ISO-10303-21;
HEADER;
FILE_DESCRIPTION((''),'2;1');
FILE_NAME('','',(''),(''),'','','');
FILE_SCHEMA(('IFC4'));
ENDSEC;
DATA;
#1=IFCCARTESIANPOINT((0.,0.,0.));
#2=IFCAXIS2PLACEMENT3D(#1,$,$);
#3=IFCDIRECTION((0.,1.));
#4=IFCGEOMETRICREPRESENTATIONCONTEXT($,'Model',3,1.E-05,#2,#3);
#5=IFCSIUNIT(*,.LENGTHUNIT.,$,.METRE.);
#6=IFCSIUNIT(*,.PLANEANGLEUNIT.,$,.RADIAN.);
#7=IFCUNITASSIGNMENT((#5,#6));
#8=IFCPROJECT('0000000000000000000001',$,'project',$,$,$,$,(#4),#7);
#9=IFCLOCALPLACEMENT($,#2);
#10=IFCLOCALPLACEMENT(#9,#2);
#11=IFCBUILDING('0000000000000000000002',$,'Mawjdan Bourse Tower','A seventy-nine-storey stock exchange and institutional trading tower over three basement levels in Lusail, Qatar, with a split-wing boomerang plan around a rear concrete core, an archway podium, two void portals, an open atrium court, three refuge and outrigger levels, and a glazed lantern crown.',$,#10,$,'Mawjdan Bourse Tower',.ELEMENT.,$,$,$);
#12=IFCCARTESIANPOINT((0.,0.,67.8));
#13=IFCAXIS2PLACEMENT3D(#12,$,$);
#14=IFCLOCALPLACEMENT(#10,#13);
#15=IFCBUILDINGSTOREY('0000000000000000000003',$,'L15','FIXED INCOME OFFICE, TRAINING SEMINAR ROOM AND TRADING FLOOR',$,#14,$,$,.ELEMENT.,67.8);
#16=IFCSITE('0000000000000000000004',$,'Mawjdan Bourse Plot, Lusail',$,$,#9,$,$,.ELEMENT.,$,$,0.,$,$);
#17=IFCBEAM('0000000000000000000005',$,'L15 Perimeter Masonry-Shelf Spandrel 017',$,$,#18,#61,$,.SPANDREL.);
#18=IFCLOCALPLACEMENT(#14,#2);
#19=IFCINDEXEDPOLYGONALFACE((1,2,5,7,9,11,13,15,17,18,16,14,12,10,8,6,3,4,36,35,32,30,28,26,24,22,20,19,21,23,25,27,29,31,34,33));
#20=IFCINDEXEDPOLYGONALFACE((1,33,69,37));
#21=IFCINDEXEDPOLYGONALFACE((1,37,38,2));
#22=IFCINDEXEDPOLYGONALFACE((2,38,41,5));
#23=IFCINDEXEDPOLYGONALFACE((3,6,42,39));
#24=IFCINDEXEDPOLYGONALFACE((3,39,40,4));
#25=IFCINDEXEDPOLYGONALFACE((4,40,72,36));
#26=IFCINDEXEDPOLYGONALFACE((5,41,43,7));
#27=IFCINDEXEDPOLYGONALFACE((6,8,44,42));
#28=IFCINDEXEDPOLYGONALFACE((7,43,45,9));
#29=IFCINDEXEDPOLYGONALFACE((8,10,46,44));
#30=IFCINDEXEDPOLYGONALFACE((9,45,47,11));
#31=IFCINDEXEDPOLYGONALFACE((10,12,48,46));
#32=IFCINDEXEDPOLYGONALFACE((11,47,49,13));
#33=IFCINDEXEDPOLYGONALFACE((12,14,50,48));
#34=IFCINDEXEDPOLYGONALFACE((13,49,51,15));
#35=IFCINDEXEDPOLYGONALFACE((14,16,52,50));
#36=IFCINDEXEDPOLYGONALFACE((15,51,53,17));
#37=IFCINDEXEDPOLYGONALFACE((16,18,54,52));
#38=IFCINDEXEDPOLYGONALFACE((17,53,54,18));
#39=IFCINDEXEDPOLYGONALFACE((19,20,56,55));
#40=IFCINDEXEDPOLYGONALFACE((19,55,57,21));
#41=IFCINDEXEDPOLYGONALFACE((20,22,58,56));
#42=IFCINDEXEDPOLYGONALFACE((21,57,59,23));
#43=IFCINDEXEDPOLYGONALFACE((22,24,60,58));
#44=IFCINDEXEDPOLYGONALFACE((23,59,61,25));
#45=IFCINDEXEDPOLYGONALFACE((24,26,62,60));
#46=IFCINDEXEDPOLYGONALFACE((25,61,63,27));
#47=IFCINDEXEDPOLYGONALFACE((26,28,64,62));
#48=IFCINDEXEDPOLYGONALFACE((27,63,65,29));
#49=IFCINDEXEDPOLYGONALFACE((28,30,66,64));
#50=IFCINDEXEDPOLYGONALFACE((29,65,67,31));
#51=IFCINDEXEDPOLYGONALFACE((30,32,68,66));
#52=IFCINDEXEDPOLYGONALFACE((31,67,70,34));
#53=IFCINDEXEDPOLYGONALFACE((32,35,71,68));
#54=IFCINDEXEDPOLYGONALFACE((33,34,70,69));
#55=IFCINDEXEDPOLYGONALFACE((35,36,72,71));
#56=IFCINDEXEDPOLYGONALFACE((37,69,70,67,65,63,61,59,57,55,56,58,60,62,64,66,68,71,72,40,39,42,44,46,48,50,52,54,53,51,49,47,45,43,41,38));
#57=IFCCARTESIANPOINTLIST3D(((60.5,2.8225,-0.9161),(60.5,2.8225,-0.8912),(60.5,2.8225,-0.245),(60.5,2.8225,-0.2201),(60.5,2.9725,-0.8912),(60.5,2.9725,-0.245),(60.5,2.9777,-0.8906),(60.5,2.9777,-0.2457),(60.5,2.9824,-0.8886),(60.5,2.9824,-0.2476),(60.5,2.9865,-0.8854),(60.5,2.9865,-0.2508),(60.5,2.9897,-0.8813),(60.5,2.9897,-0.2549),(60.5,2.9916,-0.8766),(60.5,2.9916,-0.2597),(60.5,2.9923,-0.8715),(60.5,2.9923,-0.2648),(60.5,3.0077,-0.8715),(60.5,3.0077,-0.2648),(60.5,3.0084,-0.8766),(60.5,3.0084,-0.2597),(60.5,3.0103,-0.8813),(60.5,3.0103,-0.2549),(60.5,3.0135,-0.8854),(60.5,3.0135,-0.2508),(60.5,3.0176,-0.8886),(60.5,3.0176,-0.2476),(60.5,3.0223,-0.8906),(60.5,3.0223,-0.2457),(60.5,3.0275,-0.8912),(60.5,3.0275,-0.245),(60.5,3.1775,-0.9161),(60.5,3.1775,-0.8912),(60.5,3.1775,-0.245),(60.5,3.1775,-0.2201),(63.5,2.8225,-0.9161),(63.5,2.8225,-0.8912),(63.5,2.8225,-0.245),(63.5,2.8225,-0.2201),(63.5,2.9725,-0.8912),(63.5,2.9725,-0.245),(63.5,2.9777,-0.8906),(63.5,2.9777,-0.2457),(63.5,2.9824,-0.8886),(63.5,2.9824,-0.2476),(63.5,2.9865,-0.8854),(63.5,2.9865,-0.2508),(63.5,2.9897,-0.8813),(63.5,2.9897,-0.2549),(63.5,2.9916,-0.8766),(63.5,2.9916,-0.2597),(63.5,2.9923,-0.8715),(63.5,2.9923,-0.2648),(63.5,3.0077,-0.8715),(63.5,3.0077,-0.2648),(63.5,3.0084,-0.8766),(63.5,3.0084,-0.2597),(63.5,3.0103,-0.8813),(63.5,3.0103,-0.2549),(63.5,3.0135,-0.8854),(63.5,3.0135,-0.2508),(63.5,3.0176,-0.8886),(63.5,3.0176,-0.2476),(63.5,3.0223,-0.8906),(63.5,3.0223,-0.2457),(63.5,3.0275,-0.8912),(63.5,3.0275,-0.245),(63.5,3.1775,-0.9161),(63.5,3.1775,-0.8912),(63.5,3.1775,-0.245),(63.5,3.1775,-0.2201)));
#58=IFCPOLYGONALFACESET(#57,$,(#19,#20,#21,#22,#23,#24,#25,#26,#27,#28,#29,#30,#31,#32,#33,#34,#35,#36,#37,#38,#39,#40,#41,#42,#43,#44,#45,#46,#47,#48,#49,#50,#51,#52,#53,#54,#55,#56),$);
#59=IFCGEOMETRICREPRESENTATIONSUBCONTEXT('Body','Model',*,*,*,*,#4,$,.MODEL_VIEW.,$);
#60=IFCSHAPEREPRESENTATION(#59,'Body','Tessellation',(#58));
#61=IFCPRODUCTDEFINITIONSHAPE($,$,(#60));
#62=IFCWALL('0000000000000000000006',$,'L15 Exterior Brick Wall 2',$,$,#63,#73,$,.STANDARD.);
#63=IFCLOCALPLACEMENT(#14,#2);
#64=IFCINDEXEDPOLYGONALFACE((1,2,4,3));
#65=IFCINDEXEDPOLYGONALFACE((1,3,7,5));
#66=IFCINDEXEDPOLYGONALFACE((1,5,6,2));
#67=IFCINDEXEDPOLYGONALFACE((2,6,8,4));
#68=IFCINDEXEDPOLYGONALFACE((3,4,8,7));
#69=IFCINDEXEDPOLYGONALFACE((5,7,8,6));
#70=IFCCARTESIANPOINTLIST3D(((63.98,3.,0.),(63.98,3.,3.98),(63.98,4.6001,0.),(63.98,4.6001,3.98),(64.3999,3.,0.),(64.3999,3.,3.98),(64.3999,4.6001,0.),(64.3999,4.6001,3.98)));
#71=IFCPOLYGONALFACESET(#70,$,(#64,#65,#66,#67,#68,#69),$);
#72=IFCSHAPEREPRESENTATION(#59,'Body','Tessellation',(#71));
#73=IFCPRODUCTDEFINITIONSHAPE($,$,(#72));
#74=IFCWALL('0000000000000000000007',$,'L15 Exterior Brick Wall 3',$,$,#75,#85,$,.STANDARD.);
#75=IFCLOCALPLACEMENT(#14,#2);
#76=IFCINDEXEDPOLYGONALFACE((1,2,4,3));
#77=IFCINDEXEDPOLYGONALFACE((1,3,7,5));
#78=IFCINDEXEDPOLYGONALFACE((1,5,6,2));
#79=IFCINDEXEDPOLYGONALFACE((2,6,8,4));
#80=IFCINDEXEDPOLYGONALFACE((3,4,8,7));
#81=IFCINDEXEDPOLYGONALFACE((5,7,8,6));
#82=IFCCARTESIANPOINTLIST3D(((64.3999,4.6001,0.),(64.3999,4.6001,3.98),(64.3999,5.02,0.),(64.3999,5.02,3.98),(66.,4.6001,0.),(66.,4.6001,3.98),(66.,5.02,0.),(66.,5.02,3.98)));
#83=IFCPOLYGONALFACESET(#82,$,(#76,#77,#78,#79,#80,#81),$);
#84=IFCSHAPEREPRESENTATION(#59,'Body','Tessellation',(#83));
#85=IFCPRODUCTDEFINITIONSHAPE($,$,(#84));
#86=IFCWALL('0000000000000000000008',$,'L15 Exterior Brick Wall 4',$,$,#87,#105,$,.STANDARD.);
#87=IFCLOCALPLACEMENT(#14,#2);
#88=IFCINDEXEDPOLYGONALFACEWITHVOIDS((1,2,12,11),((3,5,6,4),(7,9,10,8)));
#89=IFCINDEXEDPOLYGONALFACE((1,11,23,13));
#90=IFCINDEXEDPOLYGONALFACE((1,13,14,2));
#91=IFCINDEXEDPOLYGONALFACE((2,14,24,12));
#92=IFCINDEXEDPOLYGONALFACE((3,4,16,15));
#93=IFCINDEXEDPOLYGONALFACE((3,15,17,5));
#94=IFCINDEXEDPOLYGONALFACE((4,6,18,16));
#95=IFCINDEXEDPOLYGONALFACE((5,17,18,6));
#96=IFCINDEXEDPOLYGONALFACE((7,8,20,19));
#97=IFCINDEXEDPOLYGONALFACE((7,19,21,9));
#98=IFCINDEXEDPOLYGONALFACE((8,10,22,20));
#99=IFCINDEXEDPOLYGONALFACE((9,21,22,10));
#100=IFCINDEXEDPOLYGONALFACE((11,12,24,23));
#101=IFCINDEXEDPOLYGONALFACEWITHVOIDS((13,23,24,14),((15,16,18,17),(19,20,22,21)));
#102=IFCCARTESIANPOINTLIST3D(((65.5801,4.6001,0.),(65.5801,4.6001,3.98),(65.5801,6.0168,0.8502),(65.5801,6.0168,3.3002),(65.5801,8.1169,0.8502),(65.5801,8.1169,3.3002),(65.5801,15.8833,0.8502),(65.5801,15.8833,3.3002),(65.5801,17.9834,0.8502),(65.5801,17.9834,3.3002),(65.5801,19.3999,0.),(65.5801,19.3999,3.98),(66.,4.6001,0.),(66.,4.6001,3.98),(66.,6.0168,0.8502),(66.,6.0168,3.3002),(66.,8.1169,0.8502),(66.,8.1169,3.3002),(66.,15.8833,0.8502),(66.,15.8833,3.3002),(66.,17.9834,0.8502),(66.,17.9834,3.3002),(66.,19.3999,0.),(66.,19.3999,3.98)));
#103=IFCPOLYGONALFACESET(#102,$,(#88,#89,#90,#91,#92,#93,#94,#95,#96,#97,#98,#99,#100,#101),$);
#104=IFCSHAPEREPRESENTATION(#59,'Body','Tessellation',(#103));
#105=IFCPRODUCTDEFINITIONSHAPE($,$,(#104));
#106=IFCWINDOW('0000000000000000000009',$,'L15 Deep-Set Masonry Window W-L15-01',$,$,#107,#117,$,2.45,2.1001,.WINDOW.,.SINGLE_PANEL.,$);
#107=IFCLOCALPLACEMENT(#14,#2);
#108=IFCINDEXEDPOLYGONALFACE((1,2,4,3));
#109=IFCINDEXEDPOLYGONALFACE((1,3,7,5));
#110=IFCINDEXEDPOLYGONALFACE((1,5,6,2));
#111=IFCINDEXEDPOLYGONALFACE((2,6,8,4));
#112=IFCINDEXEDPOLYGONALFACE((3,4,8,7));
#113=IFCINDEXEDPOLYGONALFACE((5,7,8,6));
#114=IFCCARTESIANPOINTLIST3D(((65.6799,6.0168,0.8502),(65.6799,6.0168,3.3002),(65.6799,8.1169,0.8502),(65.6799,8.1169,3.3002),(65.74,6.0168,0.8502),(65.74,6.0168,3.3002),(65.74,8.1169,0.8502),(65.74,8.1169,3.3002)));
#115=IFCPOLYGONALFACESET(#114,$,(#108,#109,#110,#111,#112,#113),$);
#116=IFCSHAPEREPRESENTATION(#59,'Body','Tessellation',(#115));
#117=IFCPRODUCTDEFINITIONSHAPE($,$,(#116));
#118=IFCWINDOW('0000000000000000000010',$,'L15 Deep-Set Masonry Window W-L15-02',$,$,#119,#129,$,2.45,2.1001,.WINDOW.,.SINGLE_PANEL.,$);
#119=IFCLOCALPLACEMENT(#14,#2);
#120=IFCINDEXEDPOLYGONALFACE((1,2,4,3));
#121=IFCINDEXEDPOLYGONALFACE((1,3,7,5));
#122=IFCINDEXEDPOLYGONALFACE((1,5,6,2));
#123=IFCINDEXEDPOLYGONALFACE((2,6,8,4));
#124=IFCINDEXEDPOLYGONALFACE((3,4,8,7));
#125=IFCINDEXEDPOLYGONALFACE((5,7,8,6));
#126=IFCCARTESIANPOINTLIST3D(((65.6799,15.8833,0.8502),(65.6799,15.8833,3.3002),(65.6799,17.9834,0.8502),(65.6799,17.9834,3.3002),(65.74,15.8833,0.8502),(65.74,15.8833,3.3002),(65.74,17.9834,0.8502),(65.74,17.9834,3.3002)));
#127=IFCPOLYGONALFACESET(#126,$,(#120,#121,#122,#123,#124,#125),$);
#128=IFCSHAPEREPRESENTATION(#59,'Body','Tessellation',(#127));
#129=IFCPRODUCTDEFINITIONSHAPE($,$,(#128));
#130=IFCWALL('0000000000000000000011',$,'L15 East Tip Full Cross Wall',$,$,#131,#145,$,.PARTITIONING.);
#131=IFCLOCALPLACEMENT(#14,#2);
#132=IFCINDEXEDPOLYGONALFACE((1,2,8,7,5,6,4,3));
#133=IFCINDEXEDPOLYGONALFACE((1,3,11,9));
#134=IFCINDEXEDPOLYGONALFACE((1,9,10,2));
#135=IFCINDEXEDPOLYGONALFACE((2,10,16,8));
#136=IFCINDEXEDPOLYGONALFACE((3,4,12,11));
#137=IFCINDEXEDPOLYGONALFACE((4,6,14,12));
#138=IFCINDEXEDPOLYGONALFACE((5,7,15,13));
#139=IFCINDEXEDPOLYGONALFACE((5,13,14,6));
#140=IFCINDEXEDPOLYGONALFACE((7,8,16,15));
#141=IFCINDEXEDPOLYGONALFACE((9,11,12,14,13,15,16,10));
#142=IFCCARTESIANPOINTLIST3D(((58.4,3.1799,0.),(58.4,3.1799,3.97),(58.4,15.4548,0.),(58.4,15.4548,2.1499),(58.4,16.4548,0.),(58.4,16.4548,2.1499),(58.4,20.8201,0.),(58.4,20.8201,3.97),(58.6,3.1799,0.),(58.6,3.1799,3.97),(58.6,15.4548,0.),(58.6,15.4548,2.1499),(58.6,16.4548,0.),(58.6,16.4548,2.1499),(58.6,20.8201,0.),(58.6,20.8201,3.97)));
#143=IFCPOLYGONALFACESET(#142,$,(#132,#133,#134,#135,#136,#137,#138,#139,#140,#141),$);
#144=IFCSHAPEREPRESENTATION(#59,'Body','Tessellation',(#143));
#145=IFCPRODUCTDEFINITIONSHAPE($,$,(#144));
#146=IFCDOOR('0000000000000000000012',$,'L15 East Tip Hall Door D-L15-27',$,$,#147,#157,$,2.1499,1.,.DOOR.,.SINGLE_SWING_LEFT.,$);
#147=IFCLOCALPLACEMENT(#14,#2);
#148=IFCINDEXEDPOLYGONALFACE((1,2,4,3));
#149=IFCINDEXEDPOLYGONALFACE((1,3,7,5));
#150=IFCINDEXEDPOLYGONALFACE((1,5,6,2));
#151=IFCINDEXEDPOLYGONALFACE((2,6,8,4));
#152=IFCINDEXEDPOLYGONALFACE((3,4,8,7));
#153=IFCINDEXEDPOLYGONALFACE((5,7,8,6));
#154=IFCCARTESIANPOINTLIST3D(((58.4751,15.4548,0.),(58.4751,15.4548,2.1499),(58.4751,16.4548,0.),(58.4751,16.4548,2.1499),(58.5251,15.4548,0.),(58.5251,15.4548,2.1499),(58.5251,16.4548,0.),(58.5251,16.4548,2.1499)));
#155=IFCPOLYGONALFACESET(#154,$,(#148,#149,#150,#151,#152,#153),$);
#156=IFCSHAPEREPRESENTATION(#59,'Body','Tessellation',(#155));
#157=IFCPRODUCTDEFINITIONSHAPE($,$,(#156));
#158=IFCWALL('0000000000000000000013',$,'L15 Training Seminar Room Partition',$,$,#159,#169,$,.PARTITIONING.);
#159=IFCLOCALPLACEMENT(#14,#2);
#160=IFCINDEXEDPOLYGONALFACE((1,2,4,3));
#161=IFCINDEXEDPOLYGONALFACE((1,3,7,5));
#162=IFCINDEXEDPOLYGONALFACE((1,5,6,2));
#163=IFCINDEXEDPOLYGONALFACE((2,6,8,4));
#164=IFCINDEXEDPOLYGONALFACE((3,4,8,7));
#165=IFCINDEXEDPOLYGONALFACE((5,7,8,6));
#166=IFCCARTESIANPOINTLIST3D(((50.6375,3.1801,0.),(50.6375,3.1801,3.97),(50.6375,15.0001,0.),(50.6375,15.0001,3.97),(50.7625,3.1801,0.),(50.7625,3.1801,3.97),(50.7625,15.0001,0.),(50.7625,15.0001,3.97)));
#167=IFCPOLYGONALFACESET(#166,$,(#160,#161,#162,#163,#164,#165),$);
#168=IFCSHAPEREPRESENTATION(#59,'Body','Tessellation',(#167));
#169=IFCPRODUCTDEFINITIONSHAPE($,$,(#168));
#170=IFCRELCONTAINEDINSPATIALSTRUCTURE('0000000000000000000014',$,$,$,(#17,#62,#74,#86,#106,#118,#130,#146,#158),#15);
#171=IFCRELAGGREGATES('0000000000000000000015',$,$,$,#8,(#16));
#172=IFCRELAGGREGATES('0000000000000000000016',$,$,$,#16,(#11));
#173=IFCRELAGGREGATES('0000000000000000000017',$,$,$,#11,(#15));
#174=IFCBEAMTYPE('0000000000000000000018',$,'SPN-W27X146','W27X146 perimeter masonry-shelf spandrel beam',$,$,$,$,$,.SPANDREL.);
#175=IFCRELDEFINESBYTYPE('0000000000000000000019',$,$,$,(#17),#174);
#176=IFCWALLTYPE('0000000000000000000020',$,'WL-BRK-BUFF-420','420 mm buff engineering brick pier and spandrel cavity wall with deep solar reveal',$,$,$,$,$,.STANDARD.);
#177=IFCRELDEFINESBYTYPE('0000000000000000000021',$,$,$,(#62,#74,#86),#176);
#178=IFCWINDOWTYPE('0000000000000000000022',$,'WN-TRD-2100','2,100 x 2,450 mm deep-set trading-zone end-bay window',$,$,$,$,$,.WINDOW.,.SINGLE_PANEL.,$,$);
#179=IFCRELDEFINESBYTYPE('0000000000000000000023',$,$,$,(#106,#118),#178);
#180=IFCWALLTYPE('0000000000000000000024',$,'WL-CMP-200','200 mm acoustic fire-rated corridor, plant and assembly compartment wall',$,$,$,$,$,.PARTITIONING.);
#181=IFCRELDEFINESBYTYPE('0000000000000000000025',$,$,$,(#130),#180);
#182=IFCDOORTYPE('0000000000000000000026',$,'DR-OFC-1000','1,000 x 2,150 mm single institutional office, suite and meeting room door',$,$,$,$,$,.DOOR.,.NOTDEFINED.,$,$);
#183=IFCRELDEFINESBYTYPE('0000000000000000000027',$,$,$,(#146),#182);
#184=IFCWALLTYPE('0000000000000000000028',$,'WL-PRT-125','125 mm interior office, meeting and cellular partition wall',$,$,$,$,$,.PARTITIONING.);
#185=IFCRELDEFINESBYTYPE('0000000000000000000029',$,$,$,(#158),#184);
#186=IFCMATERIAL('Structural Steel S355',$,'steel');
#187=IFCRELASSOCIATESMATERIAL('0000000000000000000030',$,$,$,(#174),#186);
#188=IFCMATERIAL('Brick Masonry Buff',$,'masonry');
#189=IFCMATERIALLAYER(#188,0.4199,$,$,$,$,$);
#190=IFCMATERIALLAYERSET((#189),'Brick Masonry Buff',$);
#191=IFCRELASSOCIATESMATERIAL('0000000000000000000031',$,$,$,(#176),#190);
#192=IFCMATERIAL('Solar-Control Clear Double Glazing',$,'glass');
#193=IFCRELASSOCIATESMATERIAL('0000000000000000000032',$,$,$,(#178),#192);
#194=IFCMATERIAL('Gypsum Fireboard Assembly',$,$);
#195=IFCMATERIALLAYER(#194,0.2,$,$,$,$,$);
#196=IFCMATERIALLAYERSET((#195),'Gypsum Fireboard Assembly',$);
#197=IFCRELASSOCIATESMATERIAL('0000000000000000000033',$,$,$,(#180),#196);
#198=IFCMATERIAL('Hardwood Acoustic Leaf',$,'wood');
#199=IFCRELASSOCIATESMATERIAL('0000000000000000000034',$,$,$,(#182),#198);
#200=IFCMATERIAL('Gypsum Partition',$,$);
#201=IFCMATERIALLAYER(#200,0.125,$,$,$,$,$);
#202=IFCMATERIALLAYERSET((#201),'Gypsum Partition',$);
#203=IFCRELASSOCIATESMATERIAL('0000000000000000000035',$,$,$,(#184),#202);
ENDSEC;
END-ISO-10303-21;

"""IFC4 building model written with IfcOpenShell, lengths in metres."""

from ifc_helpers import new_model, si_unit, direction, frame, frame_2d, origin, origin_2d, place, context, subcontext, project, spatial, rectangle, i_section, extrude, material, layer, layer_set, material_profile, profile_set, type_object, element, fill, save


model = new_model("IFC4")

# Units and contexts
model_context = context("Model", 3, precision=1e-05, world=origin(), true_north=direction((0.0, 1.0)))
body_context = subcontext(model_context, "Body", "Model", "MODEL_VIEW")
ifc_project = project(units=[si_unit("LENGTHUNIT", "METRE"), si_unit("PLANEANGLEUNIT", "RADIAN")], contexts=[model_context])

# Site, building, storey
site_placement = place(None, origin())
site = spatial("IfcSite", under=ifc_project, at=site_placement, Name="Mawjdan Bourse Plot, Lusail", CompositionType="ELEMENT", RefElevation=0.0)
building_placement = place(site_placement, origin())
building = spatial("IfcBuilding", under=site, at=building_placement, Name="Mawjdan Bourse Tower", Description="A seventy-nine-storey stock exchange and institutional trading tower over three basement levels in Lusail, Qatar, with a split-wing boomerang plan around a rear concrete core, an archway podium, two void portals, an open atrium court, three refuge and outrigger levels, and a glazed lantern crown.", LongName="Mawjdan Bourse Tower", CompositionType="ELEMENT")
storey_placement = place(building_placement, frame((0.0, 0.0, 67.8)))
storey = spatial("IfcBuildingStorey", under=building, at=storey_placement, Name="L15", Description="FIXED INCOME OFFICE, TRAINING SEMINAR ROOM AND TRADING FLOOR", CompositionType="ELEMENT", Elevation=67.8)

# Beam
ifc_material_1 = material(Name="Structural Steel S355", Category="steel")
ifc_material_profile_1 = material_profile(ifc_material_1, i_section(OverallWidth=0.355, OverallDepth=0.696, WebThickness=0.0154, FlangeThickness=0.0249, FilletRadius=0.0198, at=origin_2d()), Name="W27X146")
ifc_profile_set_1 = profile_set([ifc_material_profile_1], Name="Structural Steel S355")
beam_type_1 = type_object("IfcBeamType", Name="SPN-W27X146", Description="W27X146 perimeter masonry-shelf spandrel beam", PredefinedType="SPANDREL", material=ifc_profile_set_1)
beam_1_placement = place(storey_placement, frame((60.5, 3.0, -0.5681), z_axis=(1.0, 0.0, 0.0), x_axis=(0.0, 1.0, 0.0)))
element("IfcBeam", 1, at=beam_1_placement, inside=storey, type_object=beam_type_1, Name="L15 Perimeter Masonry-Shelf Spandrel 017", PredefinedType="SPANDREL", context=body_context, shape_type="SweptSolid", body=[
    extrude(i_section(OverallWidth=0.355, OverallDepth=0.696, WebThickness=0.0154, FlangeThickness=0.0249, FilletRadius=0.0198, at=origin_2d()), origin(), (0.0, 0.0, 1.0), 3.0),
])

# Walls
ifc_material_2 = material(Name="Brick Masonry Buff", Category="masonry")
ifc_layer_1 = layer(ifc_material_2, 0.4199)
ifc_layer_set_1 = layer_set([ifc_layer_1], Name="Brick Masonry Buff")
wall_type_1 = type_object("IfcWallType", Name="WL-BRK-BUFF-420", Description="420 mm buff engineering brick pier and spandrel cavity wall with deep solar reveal", PredefinedType="STANDARD", material=ifc_layer_set_1)
for number, where, z_axis, x_axis, name in (
    (2, (64.1899, 3.0, 0.0), (0.0, 0.0, 1.0), (0.0, 1.0, 0.0), "L15 Exterior Brick Wall 2"),
    (3, (64.3999, 4.8101, 0.0), (0.0, 0.0, 1.0), (1.0, 0.0, 0.0), "L15 Exterior Brick Wall 3"),
):
    element("IfcWall", number, at=place(storey_placement, frame(where, z_axis=z_axis, x_axis=x_axis)), inside=storey, type_object=wall_type_1, Name=name, PredefinedType="STANDARD", context=body_context, shape_type="SweptSolid", body=[
        extrude(rectangle(XDim=1.6001, YDim=0.4199, at=frame_2d((0.8, 0.0))), origin(), (0.0, 0.0, 1.0), 3.98),
    ])

# Wall, openings, windows
wall_1_placement = place(storey_placement, frame((65.79, 4.6001, 0.0), z_axis=(0.0, 0.0, 1.0), x_axis=(0.0, 1.0, 0.0)))
wall_1 = element("IfcWall", 4, at=wall_1_placement, inside=storey, type_object=wall_type_1, Name="L15 Exterior Brick Wall 4", PredefinedType="STANDARD", context=body_context, shape_type="SweptSolid", body=[
    extrude(rectangle(XDim=14.7998, YDim=0.4199, at=frame_2d((7.3999, 0.0))), origin(), (0.0, 0.0, 1.0), 3.98),
])
opening_1_placement = place(wall_1_placement, frame((1.4167, 0.0, 0.8501)))
opening_1 = element("IfcOpeningElement", 5, at=opening_1_placement, cuts=wall_1, PredefinedType="OPENING", context=body_context, shape_type="SweptSolid", body=[
    extrude(rectangle(XDim=2.1001, YDim=2.45, at=frame_2d((1.05, 1.2251))), frame((0.0, 0.22, 0.0), z_axis=(0.0, -1.0, 0.0), x_axis=(1.0, 0.0, 0.0)), (0.0, 0.0, 1.0), 0.4399),
])
opening_2_placement = place(wall_1_placement, frame((11.2832, 0.0, 0.8501)))
opening_2 = element("IfcOpeningElement", 6, at=opening_2_placement, cuts=wall_1, PredefinedType="OPENING", context=body_context, shape_type="SweptSolid", body=[
    extrude(rectangle(XDim=2.1001, YDim=2.45, at=frame_2d((1.05, 1.2251))), frame((0.0, 0.22, 0.0), z_axis=(0.0, -1.0, 0.0), x_axis=(1.0, 0.0, 0.0)), (0.0, 0.0, 1.0), 0.4399),
])
ifc_material_3 = material(Name="Solar-Control Clear Double Glazing", Category="glass")
window_type = type_object("IfcWindowType", Name="WN-TRD-2100", Description="2,100 x 2,450 mm deep-set trading-zone end-bay window", PartitioningType="SINGLE_PANEL", PredefinedType="WINDOW", material=ifc_material_3)
window_1_placement = place(opening_1_placement, origin())
window_1 = element("IfcWindow", 7, at=window_1_placement, inside=storey, type_object=window_type, Name="L15 Deep-Set Masonry Window W-L15-01", OverallHeight=2.45, OverallWidth=2.1001, PartitioningType="SINGLE_PANEL", PredefinedType="WINDOW", context=body_context, shape_type="SweptSolid", body=[
    extrude(rectangle(XDim=2.1001, YDim=2.45, at=frame_2d((1.05, 1.2251))), frame((0.0, 0.1101, 0.0), z_axis=(0.0, -1.0, 0.0), x_axis=(1.0, 0.0, 0.0)), (0.0, 0.0, 1.0), 0.0601),
])
fill(opening_1, window_1)
window_2_placement = place(opening_2_placement, origin())
window_2 = element("IfcWindow", 8, at=window_2_placement, inside=storey, type_object=window_type, Name="L15 Deep-Set Masonry Window W-L15-02", OverallHeight=2.45, OverallWidth=2.1001, PartitioningType="SINGLE_PANEL", PredefinedType="WINDOW", context=body_context, shape_type="SweptSolid", body=[
    extrude(rectangle(XDim=2.1001, YDim=2.45, at=frame_2d((1.05, 1.2251))), frame((0.0, 0.1101, 0.0), z_axis=(0.0, -1.0, 0.0), x_axis=(1.0, 0.0, 0.0)), (0.0, 0.0, 1.0), 0.0601),
])
fill(opening_2, window_2)

# Wall, opening, door
ifc_material_4 = material(Name="Gypsum Fireboard Assembly")
ifc_layer_2 = layer(ifc_material_4, 0.2)
ifc_layer_set_2 = layer_set([ifc_layer_2], Name="Gypsum Fireboard Assembly")
wall_type_2 = type_object("IfcWallType", Name="WL-CMP-200", Description="200 mm acoustic fire-rated corridor, plant and assembly compartment wall", PredefinedType="PARTITIONING", material=ifc_layer_set_2)
wall_2_placement = place(storey_placement, frame((58.5, 3.1799, 0.0), z_axis=(0.0, 0.0, 1.0), x_axis=(0.0, 1.0, 0.0)))
wall_2 = element("IfcWall", 9, at=wall_2_placement, inside=storey, type_object=wall_type_2, Name="L15 East Tip Full Cross Wall", PredefinedType="PARTITIONING", context=body_context, shape_type="SweptSolid", body=[
    extrude(rectangle(XDim=17.6401, YDim=0.2, at=frame_2d((8.8201, 0.0))), origin(), (0.0, 0.0, 1.0), 3.97),
])
opening_3_placement = place(wall_2_placement, frame((12.2749, 0.0, 0.0)))
opening_3 = element("IfcOpeningElement", 10, at=opening_3_placement, cuts=wall_2, PredefinedType="OPENING", context=body_context, shape_type="SweptSolid", body=[
    extrude(rectangle(XDim=1.0, YDim=2.1499, at=frame_2d((0.5, 1.075))), frame((0.0, 0.1099, 0.0), z_axis=(0.0, -1.0, 0.0), x_axis=(1.0, 0.0, 0.0)), (0.0, 0.0, 1.0), 0.22),
])
ifc_material_5 = material(Name="Hardwood Acoustic Leaf", Category="wood")
door_type = type_object("IfcDoorType", Name="DR-OFC-1000", Description="1,000 x 2,150 mm single institutional office, suite and meeting room door", OperationType="NOTDEFINED", PredefinedType="DOOR", material=ifc_material_5)
door_placement = place(opening_3_placement, origin())
door = element("IfcDoor", 11, at=door_placement, inside=storey, type_object=door_type, Name="L15 East Tip Hall Door D-L15-27", OperationType="SINGLE_SWING_LEFT", OverallHeight=2.1499, OverallWidth=1.0, PredefinedType="DOOR", context=body_context, shape_type="SweptSolid", body=[
    extrude(rectangle(XDim=1.0, YDim=2.1499, at=frame_2d((0.5, 1.075))), frame((0.0, 0.0249, 0.0), z_axis=(0.0, -1.0, 0.0), x_axis=(1.0, 0.0, 0.0)), (0.0, 0.0, 1.0), 0.05),
])
fill(opening_3, door)

# Wall
ifc_material_6 = material(Name="Gypsum Partition")
ifc_layer_3 = layer(ifc_material_6, 0.125)
ifc_layer_set_3 = layer_set([ifc_layer_3], Name="Gypsum Partition")
wall_type_3 = type_object("IfcWallType", Name="WL-PRT-125", Description="125 mm interior office, meeting and cellular partition wall", PredefinedType="PARTITIONING", material=ifc_layer_set_3)
wall_3_placement = place(storey_placement, frame((50.7, 3.1799, 0.0), z_axis=(0.0, 0.0, 1.0), x_axis=(0.0, 1.0, 0.0)))
element("IfcWall", 12, at=wall_3_placement, inside=storey, type_object=wall_type_3, Name="L15 Training Seminar Room Partition", PredefinedType="PARTITIONING", context=body_context, shape_type="SweptSolid", body=[
    extrude(rectangle(XDim=11.8201, YDim=0.125, at=frame_2d((5.9102, 0.0))), origin(), (0.0, 0.0, 1.0), 3.97),
])

save(model, "model.ifc")
